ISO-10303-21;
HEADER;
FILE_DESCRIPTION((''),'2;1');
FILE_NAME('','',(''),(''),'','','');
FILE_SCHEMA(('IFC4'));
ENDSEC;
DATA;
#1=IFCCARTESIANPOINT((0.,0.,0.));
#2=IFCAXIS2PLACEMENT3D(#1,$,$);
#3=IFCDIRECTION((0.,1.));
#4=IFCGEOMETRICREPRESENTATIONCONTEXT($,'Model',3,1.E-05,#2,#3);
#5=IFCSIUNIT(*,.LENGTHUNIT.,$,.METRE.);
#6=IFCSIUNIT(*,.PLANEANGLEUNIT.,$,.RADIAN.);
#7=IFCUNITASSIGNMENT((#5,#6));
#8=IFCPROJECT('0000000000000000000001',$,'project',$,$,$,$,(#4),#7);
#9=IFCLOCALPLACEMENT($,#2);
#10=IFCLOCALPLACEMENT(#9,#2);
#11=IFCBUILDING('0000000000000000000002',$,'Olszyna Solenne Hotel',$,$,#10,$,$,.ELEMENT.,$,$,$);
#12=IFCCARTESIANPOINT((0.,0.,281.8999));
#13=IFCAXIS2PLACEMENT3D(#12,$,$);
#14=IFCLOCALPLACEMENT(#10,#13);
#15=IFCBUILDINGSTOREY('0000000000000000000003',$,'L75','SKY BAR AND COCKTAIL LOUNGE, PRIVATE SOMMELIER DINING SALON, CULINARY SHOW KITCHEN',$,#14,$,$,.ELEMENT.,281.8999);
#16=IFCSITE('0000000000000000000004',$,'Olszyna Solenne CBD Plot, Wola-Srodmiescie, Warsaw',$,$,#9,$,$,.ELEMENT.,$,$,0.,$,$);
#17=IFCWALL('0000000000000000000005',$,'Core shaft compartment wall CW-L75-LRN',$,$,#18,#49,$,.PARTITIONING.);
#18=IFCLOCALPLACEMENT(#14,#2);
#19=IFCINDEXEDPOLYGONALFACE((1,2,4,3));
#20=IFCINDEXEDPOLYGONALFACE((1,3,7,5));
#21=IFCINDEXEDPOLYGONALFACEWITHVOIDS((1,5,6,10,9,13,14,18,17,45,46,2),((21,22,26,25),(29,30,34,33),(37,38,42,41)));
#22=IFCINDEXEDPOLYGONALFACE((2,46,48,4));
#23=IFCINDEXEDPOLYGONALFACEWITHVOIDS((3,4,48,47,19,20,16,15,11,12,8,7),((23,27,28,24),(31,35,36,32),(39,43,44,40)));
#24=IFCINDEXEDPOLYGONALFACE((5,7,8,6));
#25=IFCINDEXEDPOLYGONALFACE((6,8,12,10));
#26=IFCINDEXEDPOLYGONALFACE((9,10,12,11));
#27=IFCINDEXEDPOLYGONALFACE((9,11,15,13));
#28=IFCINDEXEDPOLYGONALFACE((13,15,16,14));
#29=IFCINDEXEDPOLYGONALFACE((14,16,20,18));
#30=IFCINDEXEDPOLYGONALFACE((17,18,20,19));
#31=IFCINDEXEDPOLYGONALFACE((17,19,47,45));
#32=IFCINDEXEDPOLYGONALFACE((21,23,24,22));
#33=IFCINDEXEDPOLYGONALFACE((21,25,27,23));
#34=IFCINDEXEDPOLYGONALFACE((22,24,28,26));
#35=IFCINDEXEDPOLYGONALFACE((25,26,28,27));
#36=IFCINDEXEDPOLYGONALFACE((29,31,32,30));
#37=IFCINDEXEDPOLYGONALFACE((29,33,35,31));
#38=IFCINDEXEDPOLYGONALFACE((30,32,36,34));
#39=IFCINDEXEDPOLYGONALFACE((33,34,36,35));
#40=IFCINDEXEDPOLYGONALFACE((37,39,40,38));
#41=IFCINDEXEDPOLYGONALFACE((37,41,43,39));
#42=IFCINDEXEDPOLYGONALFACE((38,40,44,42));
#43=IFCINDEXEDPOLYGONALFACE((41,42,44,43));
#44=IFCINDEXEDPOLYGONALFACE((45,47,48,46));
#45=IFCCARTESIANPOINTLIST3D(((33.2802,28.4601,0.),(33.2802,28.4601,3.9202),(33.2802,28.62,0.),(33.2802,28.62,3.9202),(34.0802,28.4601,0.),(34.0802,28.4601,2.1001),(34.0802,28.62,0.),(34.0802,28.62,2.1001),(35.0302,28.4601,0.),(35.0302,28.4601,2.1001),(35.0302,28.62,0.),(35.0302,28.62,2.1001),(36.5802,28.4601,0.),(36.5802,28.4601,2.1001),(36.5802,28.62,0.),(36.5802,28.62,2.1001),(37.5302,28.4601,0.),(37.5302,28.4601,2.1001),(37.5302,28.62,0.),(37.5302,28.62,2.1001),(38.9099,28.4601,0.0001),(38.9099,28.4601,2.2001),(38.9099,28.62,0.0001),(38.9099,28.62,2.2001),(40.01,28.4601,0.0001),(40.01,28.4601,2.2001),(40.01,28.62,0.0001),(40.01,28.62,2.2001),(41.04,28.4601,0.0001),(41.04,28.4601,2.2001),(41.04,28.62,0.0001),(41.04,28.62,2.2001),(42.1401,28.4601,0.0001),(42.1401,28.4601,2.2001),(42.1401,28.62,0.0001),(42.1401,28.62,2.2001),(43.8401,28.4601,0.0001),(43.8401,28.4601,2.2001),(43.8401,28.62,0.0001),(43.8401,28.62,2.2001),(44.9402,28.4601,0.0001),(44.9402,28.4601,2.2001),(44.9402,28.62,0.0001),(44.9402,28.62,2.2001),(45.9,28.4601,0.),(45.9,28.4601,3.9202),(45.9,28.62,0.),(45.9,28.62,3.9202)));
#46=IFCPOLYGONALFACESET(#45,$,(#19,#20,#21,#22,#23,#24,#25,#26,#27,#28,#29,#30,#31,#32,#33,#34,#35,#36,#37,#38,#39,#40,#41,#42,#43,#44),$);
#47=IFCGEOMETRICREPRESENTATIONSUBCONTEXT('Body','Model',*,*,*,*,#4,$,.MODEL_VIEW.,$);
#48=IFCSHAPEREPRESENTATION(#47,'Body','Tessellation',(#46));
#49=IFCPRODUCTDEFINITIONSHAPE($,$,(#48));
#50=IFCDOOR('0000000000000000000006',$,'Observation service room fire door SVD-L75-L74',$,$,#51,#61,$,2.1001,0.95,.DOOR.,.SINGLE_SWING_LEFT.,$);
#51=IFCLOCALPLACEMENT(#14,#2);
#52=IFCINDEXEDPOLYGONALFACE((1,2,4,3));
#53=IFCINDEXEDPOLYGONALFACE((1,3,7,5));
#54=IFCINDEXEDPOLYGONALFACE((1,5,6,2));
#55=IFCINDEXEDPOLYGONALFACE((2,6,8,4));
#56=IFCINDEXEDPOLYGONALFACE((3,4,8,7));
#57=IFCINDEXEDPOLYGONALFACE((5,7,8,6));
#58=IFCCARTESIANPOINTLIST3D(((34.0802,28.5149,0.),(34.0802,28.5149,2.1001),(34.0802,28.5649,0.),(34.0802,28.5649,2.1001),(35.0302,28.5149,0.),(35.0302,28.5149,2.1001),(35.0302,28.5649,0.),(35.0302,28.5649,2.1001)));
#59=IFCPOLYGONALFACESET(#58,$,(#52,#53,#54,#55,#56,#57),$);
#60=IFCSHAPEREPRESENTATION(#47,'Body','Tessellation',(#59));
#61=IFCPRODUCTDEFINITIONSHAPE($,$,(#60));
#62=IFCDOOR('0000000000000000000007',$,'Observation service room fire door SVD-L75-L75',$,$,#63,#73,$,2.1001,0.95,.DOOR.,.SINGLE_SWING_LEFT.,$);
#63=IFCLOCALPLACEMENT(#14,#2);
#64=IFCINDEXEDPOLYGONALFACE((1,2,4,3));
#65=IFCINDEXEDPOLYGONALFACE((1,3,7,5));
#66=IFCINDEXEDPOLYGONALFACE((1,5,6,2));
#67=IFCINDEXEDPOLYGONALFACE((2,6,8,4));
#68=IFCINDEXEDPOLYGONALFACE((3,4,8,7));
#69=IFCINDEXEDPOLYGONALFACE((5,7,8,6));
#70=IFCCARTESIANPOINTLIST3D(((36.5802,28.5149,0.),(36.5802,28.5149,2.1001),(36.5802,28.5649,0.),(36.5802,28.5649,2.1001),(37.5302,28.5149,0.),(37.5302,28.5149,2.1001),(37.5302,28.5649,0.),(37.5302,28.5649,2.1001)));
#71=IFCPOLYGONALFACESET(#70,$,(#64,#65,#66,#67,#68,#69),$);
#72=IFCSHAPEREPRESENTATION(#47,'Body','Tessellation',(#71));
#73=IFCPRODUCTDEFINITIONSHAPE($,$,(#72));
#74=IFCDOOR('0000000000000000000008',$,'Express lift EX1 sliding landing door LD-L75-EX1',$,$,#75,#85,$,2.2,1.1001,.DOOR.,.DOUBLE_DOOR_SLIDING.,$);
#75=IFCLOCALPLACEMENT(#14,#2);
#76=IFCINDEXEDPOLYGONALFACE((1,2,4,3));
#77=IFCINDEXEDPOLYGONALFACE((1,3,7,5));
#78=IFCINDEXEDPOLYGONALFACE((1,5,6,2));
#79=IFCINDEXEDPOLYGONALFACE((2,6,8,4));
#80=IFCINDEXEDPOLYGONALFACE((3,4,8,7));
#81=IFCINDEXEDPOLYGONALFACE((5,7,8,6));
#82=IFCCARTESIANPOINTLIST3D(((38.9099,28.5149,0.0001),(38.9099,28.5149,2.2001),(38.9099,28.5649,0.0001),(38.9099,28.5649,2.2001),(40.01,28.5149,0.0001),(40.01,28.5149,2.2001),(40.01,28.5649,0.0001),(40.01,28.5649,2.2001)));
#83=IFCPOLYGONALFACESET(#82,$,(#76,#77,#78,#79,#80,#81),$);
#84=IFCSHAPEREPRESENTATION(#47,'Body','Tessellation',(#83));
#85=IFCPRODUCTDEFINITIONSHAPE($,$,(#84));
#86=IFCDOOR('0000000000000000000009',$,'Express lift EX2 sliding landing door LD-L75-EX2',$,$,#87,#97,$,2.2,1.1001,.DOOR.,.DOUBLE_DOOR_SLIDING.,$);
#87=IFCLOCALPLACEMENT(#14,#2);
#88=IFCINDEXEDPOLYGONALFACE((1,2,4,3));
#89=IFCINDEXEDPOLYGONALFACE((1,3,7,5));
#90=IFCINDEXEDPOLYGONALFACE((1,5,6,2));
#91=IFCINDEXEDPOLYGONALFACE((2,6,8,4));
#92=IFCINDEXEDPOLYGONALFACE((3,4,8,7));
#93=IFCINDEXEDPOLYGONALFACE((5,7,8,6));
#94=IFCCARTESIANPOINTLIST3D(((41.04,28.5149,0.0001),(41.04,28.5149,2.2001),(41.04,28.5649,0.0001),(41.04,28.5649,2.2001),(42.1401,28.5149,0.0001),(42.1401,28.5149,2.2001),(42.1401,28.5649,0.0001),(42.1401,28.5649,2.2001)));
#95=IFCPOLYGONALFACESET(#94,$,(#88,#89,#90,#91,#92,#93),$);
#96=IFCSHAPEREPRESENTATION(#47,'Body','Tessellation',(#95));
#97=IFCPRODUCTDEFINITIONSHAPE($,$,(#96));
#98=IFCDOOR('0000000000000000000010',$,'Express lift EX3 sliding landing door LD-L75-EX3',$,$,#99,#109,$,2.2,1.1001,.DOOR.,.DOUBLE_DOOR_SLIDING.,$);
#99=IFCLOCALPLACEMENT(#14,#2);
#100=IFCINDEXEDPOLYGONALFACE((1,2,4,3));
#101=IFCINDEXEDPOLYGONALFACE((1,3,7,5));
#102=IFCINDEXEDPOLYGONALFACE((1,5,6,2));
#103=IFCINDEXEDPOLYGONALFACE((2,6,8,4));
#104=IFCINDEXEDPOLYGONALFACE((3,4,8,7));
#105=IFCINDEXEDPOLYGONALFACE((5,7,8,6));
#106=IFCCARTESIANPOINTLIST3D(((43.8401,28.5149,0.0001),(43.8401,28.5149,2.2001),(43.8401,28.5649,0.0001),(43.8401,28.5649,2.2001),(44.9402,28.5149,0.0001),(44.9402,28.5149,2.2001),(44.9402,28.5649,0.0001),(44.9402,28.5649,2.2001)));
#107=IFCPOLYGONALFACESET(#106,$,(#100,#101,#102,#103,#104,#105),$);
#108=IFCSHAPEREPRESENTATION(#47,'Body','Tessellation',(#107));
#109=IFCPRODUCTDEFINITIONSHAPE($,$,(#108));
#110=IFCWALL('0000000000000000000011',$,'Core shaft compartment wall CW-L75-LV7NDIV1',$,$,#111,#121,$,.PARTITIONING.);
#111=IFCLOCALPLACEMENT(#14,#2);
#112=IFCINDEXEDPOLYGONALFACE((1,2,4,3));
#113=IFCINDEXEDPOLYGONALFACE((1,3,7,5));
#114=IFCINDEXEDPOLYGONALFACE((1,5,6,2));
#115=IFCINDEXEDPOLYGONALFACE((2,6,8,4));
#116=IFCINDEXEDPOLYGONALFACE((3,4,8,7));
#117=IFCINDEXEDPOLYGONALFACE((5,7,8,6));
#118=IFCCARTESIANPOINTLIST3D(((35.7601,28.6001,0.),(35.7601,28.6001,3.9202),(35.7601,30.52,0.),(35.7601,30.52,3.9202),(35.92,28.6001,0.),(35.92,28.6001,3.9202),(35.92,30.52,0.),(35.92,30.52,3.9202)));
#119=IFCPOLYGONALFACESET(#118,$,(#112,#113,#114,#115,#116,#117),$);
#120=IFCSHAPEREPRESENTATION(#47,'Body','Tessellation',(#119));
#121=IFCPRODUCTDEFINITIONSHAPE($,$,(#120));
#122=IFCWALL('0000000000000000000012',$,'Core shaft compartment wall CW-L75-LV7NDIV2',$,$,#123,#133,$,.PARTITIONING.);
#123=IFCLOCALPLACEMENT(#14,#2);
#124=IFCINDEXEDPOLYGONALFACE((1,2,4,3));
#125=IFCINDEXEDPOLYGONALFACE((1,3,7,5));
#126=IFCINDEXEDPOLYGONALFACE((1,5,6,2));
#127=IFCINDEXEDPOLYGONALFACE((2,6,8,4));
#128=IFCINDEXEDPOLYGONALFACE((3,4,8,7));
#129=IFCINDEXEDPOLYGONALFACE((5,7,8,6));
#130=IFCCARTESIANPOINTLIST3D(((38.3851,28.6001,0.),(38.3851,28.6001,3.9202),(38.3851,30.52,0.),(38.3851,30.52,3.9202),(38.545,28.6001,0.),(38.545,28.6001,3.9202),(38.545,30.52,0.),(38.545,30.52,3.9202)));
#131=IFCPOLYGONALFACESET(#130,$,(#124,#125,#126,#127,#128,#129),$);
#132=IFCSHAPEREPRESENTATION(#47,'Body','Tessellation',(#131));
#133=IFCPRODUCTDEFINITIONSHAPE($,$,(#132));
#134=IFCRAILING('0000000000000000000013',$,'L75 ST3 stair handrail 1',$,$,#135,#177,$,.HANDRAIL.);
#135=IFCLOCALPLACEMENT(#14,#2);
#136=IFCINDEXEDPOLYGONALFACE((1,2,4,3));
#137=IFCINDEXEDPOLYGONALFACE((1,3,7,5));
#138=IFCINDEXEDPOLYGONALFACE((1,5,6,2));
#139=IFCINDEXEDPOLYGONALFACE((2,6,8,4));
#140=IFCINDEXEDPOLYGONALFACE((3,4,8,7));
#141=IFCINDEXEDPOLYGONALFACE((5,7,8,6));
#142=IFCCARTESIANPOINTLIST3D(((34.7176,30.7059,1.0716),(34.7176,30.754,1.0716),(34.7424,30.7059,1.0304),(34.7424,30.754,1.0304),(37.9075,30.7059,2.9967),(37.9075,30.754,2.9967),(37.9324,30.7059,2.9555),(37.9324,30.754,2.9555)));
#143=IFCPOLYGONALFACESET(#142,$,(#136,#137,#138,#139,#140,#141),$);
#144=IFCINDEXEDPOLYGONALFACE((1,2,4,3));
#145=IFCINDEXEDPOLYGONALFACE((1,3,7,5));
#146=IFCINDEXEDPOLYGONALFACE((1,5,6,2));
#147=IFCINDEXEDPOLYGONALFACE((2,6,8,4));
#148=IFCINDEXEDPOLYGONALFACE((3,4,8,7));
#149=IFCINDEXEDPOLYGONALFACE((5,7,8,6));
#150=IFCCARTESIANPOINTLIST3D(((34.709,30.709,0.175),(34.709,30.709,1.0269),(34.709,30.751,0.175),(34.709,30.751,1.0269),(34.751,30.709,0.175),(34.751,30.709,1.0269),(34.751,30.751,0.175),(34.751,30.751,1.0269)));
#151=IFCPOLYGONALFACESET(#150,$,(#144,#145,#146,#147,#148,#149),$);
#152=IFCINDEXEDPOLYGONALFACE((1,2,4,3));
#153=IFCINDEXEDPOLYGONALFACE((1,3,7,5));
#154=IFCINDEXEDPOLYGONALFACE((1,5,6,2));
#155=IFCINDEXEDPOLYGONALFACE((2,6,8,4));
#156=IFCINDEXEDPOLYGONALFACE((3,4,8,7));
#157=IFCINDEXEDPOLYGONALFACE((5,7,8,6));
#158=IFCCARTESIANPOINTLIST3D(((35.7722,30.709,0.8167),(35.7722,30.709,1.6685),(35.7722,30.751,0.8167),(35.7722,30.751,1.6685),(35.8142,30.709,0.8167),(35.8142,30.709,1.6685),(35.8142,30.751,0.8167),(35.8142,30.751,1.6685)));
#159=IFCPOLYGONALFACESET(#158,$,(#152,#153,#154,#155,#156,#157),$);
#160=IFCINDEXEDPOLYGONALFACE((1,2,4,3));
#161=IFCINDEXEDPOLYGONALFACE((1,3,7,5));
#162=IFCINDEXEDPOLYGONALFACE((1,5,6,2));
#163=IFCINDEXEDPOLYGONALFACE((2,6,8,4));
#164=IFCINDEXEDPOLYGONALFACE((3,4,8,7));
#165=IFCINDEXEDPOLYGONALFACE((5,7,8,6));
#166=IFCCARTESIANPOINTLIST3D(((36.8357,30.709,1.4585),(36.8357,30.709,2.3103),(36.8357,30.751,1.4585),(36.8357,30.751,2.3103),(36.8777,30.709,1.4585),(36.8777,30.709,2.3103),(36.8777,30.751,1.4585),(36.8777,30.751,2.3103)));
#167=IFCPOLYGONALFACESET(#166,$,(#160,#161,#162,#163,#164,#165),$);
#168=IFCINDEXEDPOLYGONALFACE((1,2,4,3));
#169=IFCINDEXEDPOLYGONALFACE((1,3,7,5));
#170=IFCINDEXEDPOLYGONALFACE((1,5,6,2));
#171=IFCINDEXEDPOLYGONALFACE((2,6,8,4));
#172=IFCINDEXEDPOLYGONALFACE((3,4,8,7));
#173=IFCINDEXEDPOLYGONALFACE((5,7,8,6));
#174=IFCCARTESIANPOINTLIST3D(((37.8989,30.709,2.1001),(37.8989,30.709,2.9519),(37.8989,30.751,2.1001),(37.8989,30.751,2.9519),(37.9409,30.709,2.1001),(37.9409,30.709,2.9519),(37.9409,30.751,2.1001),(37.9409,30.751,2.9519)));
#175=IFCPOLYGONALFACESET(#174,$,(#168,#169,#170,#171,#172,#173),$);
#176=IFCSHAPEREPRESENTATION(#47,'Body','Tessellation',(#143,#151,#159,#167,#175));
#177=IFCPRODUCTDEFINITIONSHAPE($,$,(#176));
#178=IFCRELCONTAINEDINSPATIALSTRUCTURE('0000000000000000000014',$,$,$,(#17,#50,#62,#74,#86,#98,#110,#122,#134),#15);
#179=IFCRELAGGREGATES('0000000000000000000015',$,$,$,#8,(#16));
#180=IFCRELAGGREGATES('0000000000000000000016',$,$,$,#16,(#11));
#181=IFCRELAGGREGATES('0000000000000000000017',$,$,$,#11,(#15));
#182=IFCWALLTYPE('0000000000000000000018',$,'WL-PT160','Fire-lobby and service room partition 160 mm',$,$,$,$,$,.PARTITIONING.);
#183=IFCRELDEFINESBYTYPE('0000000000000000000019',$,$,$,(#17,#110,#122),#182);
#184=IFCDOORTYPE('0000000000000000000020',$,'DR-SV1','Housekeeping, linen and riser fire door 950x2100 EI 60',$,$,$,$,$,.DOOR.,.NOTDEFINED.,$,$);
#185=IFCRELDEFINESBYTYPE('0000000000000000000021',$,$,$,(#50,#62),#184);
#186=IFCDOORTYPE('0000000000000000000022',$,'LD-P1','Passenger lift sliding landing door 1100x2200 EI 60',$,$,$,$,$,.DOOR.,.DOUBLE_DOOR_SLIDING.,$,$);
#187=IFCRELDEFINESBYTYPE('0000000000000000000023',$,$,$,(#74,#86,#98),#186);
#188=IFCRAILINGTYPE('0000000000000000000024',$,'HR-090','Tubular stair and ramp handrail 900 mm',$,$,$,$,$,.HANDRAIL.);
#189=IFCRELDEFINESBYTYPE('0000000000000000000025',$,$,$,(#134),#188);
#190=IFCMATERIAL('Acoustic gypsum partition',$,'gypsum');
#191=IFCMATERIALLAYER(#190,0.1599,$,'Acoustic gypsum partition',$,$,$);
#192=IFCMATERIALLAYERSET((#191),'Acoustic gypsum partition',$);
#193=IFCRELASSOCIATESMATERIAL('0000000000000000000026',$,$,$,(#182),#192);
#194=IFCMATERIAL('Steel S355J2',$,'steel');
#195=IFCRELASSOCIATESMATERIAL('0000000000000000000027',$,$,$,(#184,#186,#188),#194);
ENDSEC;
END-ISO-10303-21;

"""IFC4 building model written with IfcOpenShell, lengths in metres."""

from ifc_helpers import new_model, si_unit, direction, frame, frame_2d, origin, origin_2d, place, context, subcontext, project, spatial, rectangle, extrude, source, transform, mapped, material, layer, layer_set, type_object, type_shapes, element, fill, save


model = new_model("IFC4")

# Units and contexts
model_context = context("Model", 3, precision=1e-05, world=origin(), true_north=direction((0.0, 1.0)))
body_context = subcontext(model_context, "Body", "Model", "MODEL_VIEW")
ifc_project = project(units=[si_unit("LENGTHUNIT", "METRE"), si_unit("PLANEANGLEUNIT", "RADIAN")], contexts=[model_context])

# Site, building, storey
site_placement = place(None, origin())
site = spatial("IfcSite", under=ifc_project, at=site_placement, Name="Olszyna Solenne CBD Plot, Wola-Srodmiescie, Warsaw", CompositionType="ELEMENT", RefElevation=0.0)
building_placement = place(site_placement, origin())
building = spatial("IfcBuilding", under=site, at=building_placement, Name="Olszyna Solenne Hotel", CompositionType="ELEMENT")
storey_placement = place(building_placement, frame((0.0, 0.0, 281.8999)))
storey = spatial("IfcBuildingStorey", under=building, at=storey_placement, Name="L75", Description="SKY BAR AND COCKTAIL LOUNGE, PRIVATE SOMMELIER DINING SALON, CULINARY SHOW KITCHEN", CompositionType="ELEMENT", Elevation=281.8999)

# Shared definitions
ifc_material_1 = material(Name="Steel S355J2", Category="steel")

# Shared definitions
ifc_material_2 = material(Name="Acoustic gypsum partition", Category="gypsum")
ifc_layer_1 = layer(ifc_material_2, 0.1599, Name="Acoustic gypsum partition")
ifc_layer_set_1 = layer_set([ifc_layer_1], Name="Acoustic gypsum partition")
wall_type_1 = type_object("IfcWallType", Name="WL-PT160", Description="Fire-lobby and service room partition 160 mm", PredefinedType="PARTITIONING", material=ifc_layer_set_1)

# Wall, openings, doors
door_type_1 = type_object("IfcDoorType", Name="DR-SV1", Description="Housekeeping, linen and riser fire door 950x2100 EI 60", OperationType="NOTDEFINED", PredefinedType="DOOR", material=ifc_material_1)
shared_shape_1 = source(origin(), body_context, "Body", "SweptSolid", [
    extrude(rectangle(XDim=0.95, YDim=2.1001, at=frame_2d((0.4751, 1.05))), frame((0.0, 0.0249, 0.0), z_axis=(0.0, -1.0, 0.0), x_axis=(1.0, 0.0, 0.0)), (0.0, 0.0, 1.0), 0.05),
])
type_shapes(door_type_1, [shared_shape_1])
wall_1_placement = place(storey_placement, frame((33.28, 28.54, 0.0), z_axis=(0.0, 0.0, 1.0), x_axis=(1.0, 0.0, 0.0)))
wall_1 = element("IfcWall", 1, at=wall_1_placement, inside=storey, type_object=wall_type_1, Name="Core shaft compartment wall CW-L75-LRN", PredefinedType="PARTITIONING", context=body_context, shape_type="SweptSolid", body=[
    extrude(rectangle(XDim=12.6199, YDim=0.1599, at=frame_2d((6.3101, 0.0))), origin(), (0.0, 0.0, 1.0), 3.9202),
])
opening_1_placement = place(wall_1_placement, frame((0.8, 0.0, 0.0)))
opening_1 = element("IfcOpeningElement", 2, at=opening_1_placement, cuts=wall_1, PredefinedType="OPENING", context=body_context, shape_type="SweptSolid", body=[
    extrude(rectangle(XDim=0.95, YDim=2.1001, at=frame_2d((0.4751, 1.05))), frame((0.0, 0.0898, 0.0), z_axis=(0.0, -1.0, 0.0), x_axis=(1.0, 0.0, 0.0)), (0.0, 0.0, 1.0), 0.1799),
])
opening_2_placement = place(wall_1_placement, frame((3.3, 0.0, 0.0)))
opening_2 = element("IfcOpeningElement", 3, at=opening_2_placement, cuts=wall_1, PredefinedType="OPENING", context=body_context, shape_type="SweptSolid", body=[
    extrude(rectangle(XDim=0.95, YDim=2.1001, at=frame_2d((0.4751, 1.05))), frame((0.0, 0.0898, 0.0), z_axis=(0.0, -1.0, 0.0), x_axis=(1.0, 0.0, 0.0)), (0.0, 0.0, 1.0), 0.1799),
])
opening_3_placement = place(wall_1_placement, frame((5.6299, 0.0, 0.0)))
opening_3 = element("IfcOpeningElement", 4, at=opening_3_placement, cuts=wall_1, PredefinedType="OPENING", context=body_context, shape_type="SweptSolid", body=[
    extrude(rectangle(XDim=1.1001, YDim=2.2, at=frame_2d((0.55, 1.1001))), frame((0.0, 0.0898, 0.0), z_axis=(0.0, -1.0, 0.0), x_axis=(1.0, 0.0, 0.0)), (0.0, 0.0, 1.0), 0.1799),
])
opening_4_placement = place(wall_1_placement, frame((7.76, 0.0, 0.0)))
opening_4 = element("IfcOpeningElement", 5, at=opening_4_placement, cuts=wall_1, PredefinedType="OPENING", context=body_context, shape_type="SweptSolid", body=[
    extrude(rectangle(XDim=1.1001, YDim=2.2, at=frame_2d((0.55, 1.1001))), frame((0.0, 0.0898, 0.0), z_axis=(0.0, -1.0, 0.0), x_axis=(1.0, 0.0, 0.0)), (0.0, 0.0, 1.0), 0.1799),
])
opening_5_placement = place(wall_1_placement, frame((10.5601, 0.0, 0.0)))
opening_5 = element("IfcOpeningElement", 6, at=opening_5_placement, cuts=wall_1, PredefinedType="OPENING", context=body_context, shape_type="SweptSolid", body=[
    extrude(rectangle(XDim=1.1001, YDim=2.2, at=frame_2d((0.55, 1.1001))), frame((0.0, 0.0898, 0.0), z_axis=(0.0, -1.0, 0.0), x_axis=(1.0, 0.0, 0.0)), (0.0, 0.0, 1.0), 0.1799),
])
door_1_placement = place(opening_1_placement, origin())
door_1 = element("IfcDoor", 7, at=door_1_placement, inside=storey, type_object=door_type_1, Name="Observation service room fire door SVD-L75-L74", OperationType="SINGLE_SWING_LEFT", OverallHeight=2.1001, OverallWidth=0.95, PredefinedType="DOOR", context=body_context, shape_type="MappedRepresentation", body=[
    mapped(shared_shape_1, transform((0.0, 0.0, 0.0), x_axis=(1.0, 0.0, 0.0), y_axis=(0.0, 1.0, 0.0), z_axis=(0.0, 0.0, 1.0), scale=1.0)),
])
fill(opening_1, door_1)
door_2_placement = place(opening_2_placement, origin())
door_2 = element("IfcDoor", 8, at=door_2_placement, inside=storey, type_object=door_type_1, Name="Observation service room fire door SVD-L75-L75", OperationType="SINGLE_SWING_LEFT", OverallHeight=2.1001, OverallWidth=0.95, PredefinedType="DOOR", context=body_context, shape_type="MappedRepresentation", body=[
    mapped(shared_shape_1, transform((0.0, 0.0, 0.0), x_axis=(1.0, 0.0, 0.0), y_axis=(0.0, 1.0, 0.0), z_axis=(0.0, 0.0, 1.0), scale=1.0)),
])
fill(opening_2, door_2)
door_type_2 = type_object("IfcDoorType", Name="LD-P1", Description="Passenger lift sliding landing door 1100x2200 EI 60", OperationType="DOUBLE_DOOR_SLIDING", PredefinedType="DOOR", material=ifc_material_1)
shared_shape_2 = source(origin(), body_context, "Body", "SweptSolid", [
    extrude(rectangle(XDim=1.1001, YDim=2.2, at=frame_2d((0.55, 1.1001))), frame((0.0, 0.0249, 0.0), z_axis=(0.0, -1.0, 0.0), x_axis=(1.0, 0.0, 0.0)), (0.0, 0.0, 1.0), 0.05),
])
type_shapes(door_type_2, [shared_shape_2])
door_3_placement = place(opening_3_placement, origin())
door_3 = element("IfcDoor", 9, at=door_3_placement, inside=storey, type_object=door_type_2, Name="Express lift EX1 sliding landing door LD-L75-EX1", OperationType="DOUBLE_DOOR_SLIDING", OverallHeight=2.2, OverallWidth=1.1001, PredefinedType="DOOR", context=body_context, shape_type="MappedRepresentation", body=[
    mapped(shared_shape_2, transform((0.0, 0.0, 0.0), x_axis=(1.0, 0.0, 0.0), y_axis=(0.0, 1.0, 0.0), z_axis=(0.0, 0.0, 1.0), scale=1.0)),
])
fill(opening_3, door_3)
door_4_placement = place(opening_4_placement, origin())
door_4 = element("IfcDoor", 10, at=door_4_placement, inside=storey, type_object=door_type_2, Name="Express lift EX2 sliding landing door LD-L75-EX2", OperationType="DOUBLE_DOOR_SLIDING", OverallHeight=2.2, OverallWidth=1.1001, PredefinedType="DOOR", context=body_context, shape_type="MappedRepresentation", body=[
    mapped(shared_shape_2, transform((0.0, 0.0, 0.0), x_axis=(1.0, 0.0, 0.0), y_axis=(0.0, 1.0, 0.0), z_axis=(0.0, 0.0, 1.0), scale=1.0)),
])
fill(opening_4, door_4)
door_5_placement = place(opening_5_placement, origin())
door_5 = element("IfcDoor", 11, at=door_5_placement, inside=storey, type_object=door_type_2, Name="Express lift EX3 sliding landing door LD-L75-EX3", OperationType="DOUBLE_DOOR_SLIDING", OverallHeight=2.2, OverallWidth=1.1001, PredefinedType="DOOR", context=body_context, shape_type="MappedRepresentation", body=[
    mapped(shared_shape_2, transform((0.0, 0.0, 0.0), x_axis=(1.0, 0.0, 0.0), y_axis=(0.0, 1.0, 0.0), z_axis=(0.0, 0.0, 1.0), scale=1.0)),
])
fill(opening_5, door_5)

# Walls
for number, where, z_axis, x_axis, name in (
    (12, (35.8401, 28.6001, 0.0), (0.0, 0.0, 1.0), (0.0, 1.0, 0.0), "Core shaft compartment wall CW-L75-LV7NDIV1"),
    (13, (38.4651, 28.6001, 0.0), (0.0, 0.0, 1.0), (0.0, 1.0, 0.0), "Core shaft compartment wall CW-L75-LV7NDIV2"),
):
    element("IfcWall", number, at=place(storey_placement, frame(where, z_axis=z_axis, x_axis=x_axis)), inside=storey, type_object=wall_type_1, Name=name, PredefinedType="PARTITIONING", context=body_context, shape_type="SweptSolid", body=[
        extrude(rectangle(XDim=1.9199, YDim=0.1599, at=frame_2d((0.96, 0.0))), origin(), (0.0, 0.0, 1.0), 3.9202),
    ])

# Railing
railing_type = type_object("IfcRailingType", Name="HR-090", Description="Tubular stair and ramp handrail 900 mm", PredefinedType="HANDRAIL", material=ifc_material_1)
railing_placement = place(storey_placement, frame((34.73, 30.73, 0.175)))
element("IfcRailing", 14, at=railing_placement, inside=storey, type_object=railing_type, Name="L75 ST3 stair handrail 1", PredefinedType="HANDRAIL", context=body_context, shape_type="SweptSolid", body=[
    extrude(rectangle(XDim=0.0481, YDim=0.0481, at=origin_2d()), frame((0.0, 0.0, 0.876), z_axis=(0.856178, 0.0, 0.516682), x_axis=(0.0, 1.0, 0.0)), (0.0, 0.0, 1.0), 3.7258),
    extrude(rectangle(XDim=0.042, YDim=0.042, at=origin_2d()), origin(), (0.0, 0.0, 1.0), 0.8518),
    extrude(rectangle(XDim=0.042, YDim=0.042, at=origin_2d()), frame((1.0632, 0.0, 0.6416)), (0.0, 0.0, 1.0), 0.8518),
    extrude(rectangle(XDim=0.042, YDim=0.042, at=origin_2d()), frame((2.1267, 0.0, 1.2834)), (0.0, 0.0, 1.0), 0.8518),
    extrude(rectangle(XDim=0.042, YDim=0.042, at=origin_2d()), frame((3.1899, 0.0, 1.925)), (0.0, 0.0, 1.0), 0.8518),
])

save(model, "model.ifc")
